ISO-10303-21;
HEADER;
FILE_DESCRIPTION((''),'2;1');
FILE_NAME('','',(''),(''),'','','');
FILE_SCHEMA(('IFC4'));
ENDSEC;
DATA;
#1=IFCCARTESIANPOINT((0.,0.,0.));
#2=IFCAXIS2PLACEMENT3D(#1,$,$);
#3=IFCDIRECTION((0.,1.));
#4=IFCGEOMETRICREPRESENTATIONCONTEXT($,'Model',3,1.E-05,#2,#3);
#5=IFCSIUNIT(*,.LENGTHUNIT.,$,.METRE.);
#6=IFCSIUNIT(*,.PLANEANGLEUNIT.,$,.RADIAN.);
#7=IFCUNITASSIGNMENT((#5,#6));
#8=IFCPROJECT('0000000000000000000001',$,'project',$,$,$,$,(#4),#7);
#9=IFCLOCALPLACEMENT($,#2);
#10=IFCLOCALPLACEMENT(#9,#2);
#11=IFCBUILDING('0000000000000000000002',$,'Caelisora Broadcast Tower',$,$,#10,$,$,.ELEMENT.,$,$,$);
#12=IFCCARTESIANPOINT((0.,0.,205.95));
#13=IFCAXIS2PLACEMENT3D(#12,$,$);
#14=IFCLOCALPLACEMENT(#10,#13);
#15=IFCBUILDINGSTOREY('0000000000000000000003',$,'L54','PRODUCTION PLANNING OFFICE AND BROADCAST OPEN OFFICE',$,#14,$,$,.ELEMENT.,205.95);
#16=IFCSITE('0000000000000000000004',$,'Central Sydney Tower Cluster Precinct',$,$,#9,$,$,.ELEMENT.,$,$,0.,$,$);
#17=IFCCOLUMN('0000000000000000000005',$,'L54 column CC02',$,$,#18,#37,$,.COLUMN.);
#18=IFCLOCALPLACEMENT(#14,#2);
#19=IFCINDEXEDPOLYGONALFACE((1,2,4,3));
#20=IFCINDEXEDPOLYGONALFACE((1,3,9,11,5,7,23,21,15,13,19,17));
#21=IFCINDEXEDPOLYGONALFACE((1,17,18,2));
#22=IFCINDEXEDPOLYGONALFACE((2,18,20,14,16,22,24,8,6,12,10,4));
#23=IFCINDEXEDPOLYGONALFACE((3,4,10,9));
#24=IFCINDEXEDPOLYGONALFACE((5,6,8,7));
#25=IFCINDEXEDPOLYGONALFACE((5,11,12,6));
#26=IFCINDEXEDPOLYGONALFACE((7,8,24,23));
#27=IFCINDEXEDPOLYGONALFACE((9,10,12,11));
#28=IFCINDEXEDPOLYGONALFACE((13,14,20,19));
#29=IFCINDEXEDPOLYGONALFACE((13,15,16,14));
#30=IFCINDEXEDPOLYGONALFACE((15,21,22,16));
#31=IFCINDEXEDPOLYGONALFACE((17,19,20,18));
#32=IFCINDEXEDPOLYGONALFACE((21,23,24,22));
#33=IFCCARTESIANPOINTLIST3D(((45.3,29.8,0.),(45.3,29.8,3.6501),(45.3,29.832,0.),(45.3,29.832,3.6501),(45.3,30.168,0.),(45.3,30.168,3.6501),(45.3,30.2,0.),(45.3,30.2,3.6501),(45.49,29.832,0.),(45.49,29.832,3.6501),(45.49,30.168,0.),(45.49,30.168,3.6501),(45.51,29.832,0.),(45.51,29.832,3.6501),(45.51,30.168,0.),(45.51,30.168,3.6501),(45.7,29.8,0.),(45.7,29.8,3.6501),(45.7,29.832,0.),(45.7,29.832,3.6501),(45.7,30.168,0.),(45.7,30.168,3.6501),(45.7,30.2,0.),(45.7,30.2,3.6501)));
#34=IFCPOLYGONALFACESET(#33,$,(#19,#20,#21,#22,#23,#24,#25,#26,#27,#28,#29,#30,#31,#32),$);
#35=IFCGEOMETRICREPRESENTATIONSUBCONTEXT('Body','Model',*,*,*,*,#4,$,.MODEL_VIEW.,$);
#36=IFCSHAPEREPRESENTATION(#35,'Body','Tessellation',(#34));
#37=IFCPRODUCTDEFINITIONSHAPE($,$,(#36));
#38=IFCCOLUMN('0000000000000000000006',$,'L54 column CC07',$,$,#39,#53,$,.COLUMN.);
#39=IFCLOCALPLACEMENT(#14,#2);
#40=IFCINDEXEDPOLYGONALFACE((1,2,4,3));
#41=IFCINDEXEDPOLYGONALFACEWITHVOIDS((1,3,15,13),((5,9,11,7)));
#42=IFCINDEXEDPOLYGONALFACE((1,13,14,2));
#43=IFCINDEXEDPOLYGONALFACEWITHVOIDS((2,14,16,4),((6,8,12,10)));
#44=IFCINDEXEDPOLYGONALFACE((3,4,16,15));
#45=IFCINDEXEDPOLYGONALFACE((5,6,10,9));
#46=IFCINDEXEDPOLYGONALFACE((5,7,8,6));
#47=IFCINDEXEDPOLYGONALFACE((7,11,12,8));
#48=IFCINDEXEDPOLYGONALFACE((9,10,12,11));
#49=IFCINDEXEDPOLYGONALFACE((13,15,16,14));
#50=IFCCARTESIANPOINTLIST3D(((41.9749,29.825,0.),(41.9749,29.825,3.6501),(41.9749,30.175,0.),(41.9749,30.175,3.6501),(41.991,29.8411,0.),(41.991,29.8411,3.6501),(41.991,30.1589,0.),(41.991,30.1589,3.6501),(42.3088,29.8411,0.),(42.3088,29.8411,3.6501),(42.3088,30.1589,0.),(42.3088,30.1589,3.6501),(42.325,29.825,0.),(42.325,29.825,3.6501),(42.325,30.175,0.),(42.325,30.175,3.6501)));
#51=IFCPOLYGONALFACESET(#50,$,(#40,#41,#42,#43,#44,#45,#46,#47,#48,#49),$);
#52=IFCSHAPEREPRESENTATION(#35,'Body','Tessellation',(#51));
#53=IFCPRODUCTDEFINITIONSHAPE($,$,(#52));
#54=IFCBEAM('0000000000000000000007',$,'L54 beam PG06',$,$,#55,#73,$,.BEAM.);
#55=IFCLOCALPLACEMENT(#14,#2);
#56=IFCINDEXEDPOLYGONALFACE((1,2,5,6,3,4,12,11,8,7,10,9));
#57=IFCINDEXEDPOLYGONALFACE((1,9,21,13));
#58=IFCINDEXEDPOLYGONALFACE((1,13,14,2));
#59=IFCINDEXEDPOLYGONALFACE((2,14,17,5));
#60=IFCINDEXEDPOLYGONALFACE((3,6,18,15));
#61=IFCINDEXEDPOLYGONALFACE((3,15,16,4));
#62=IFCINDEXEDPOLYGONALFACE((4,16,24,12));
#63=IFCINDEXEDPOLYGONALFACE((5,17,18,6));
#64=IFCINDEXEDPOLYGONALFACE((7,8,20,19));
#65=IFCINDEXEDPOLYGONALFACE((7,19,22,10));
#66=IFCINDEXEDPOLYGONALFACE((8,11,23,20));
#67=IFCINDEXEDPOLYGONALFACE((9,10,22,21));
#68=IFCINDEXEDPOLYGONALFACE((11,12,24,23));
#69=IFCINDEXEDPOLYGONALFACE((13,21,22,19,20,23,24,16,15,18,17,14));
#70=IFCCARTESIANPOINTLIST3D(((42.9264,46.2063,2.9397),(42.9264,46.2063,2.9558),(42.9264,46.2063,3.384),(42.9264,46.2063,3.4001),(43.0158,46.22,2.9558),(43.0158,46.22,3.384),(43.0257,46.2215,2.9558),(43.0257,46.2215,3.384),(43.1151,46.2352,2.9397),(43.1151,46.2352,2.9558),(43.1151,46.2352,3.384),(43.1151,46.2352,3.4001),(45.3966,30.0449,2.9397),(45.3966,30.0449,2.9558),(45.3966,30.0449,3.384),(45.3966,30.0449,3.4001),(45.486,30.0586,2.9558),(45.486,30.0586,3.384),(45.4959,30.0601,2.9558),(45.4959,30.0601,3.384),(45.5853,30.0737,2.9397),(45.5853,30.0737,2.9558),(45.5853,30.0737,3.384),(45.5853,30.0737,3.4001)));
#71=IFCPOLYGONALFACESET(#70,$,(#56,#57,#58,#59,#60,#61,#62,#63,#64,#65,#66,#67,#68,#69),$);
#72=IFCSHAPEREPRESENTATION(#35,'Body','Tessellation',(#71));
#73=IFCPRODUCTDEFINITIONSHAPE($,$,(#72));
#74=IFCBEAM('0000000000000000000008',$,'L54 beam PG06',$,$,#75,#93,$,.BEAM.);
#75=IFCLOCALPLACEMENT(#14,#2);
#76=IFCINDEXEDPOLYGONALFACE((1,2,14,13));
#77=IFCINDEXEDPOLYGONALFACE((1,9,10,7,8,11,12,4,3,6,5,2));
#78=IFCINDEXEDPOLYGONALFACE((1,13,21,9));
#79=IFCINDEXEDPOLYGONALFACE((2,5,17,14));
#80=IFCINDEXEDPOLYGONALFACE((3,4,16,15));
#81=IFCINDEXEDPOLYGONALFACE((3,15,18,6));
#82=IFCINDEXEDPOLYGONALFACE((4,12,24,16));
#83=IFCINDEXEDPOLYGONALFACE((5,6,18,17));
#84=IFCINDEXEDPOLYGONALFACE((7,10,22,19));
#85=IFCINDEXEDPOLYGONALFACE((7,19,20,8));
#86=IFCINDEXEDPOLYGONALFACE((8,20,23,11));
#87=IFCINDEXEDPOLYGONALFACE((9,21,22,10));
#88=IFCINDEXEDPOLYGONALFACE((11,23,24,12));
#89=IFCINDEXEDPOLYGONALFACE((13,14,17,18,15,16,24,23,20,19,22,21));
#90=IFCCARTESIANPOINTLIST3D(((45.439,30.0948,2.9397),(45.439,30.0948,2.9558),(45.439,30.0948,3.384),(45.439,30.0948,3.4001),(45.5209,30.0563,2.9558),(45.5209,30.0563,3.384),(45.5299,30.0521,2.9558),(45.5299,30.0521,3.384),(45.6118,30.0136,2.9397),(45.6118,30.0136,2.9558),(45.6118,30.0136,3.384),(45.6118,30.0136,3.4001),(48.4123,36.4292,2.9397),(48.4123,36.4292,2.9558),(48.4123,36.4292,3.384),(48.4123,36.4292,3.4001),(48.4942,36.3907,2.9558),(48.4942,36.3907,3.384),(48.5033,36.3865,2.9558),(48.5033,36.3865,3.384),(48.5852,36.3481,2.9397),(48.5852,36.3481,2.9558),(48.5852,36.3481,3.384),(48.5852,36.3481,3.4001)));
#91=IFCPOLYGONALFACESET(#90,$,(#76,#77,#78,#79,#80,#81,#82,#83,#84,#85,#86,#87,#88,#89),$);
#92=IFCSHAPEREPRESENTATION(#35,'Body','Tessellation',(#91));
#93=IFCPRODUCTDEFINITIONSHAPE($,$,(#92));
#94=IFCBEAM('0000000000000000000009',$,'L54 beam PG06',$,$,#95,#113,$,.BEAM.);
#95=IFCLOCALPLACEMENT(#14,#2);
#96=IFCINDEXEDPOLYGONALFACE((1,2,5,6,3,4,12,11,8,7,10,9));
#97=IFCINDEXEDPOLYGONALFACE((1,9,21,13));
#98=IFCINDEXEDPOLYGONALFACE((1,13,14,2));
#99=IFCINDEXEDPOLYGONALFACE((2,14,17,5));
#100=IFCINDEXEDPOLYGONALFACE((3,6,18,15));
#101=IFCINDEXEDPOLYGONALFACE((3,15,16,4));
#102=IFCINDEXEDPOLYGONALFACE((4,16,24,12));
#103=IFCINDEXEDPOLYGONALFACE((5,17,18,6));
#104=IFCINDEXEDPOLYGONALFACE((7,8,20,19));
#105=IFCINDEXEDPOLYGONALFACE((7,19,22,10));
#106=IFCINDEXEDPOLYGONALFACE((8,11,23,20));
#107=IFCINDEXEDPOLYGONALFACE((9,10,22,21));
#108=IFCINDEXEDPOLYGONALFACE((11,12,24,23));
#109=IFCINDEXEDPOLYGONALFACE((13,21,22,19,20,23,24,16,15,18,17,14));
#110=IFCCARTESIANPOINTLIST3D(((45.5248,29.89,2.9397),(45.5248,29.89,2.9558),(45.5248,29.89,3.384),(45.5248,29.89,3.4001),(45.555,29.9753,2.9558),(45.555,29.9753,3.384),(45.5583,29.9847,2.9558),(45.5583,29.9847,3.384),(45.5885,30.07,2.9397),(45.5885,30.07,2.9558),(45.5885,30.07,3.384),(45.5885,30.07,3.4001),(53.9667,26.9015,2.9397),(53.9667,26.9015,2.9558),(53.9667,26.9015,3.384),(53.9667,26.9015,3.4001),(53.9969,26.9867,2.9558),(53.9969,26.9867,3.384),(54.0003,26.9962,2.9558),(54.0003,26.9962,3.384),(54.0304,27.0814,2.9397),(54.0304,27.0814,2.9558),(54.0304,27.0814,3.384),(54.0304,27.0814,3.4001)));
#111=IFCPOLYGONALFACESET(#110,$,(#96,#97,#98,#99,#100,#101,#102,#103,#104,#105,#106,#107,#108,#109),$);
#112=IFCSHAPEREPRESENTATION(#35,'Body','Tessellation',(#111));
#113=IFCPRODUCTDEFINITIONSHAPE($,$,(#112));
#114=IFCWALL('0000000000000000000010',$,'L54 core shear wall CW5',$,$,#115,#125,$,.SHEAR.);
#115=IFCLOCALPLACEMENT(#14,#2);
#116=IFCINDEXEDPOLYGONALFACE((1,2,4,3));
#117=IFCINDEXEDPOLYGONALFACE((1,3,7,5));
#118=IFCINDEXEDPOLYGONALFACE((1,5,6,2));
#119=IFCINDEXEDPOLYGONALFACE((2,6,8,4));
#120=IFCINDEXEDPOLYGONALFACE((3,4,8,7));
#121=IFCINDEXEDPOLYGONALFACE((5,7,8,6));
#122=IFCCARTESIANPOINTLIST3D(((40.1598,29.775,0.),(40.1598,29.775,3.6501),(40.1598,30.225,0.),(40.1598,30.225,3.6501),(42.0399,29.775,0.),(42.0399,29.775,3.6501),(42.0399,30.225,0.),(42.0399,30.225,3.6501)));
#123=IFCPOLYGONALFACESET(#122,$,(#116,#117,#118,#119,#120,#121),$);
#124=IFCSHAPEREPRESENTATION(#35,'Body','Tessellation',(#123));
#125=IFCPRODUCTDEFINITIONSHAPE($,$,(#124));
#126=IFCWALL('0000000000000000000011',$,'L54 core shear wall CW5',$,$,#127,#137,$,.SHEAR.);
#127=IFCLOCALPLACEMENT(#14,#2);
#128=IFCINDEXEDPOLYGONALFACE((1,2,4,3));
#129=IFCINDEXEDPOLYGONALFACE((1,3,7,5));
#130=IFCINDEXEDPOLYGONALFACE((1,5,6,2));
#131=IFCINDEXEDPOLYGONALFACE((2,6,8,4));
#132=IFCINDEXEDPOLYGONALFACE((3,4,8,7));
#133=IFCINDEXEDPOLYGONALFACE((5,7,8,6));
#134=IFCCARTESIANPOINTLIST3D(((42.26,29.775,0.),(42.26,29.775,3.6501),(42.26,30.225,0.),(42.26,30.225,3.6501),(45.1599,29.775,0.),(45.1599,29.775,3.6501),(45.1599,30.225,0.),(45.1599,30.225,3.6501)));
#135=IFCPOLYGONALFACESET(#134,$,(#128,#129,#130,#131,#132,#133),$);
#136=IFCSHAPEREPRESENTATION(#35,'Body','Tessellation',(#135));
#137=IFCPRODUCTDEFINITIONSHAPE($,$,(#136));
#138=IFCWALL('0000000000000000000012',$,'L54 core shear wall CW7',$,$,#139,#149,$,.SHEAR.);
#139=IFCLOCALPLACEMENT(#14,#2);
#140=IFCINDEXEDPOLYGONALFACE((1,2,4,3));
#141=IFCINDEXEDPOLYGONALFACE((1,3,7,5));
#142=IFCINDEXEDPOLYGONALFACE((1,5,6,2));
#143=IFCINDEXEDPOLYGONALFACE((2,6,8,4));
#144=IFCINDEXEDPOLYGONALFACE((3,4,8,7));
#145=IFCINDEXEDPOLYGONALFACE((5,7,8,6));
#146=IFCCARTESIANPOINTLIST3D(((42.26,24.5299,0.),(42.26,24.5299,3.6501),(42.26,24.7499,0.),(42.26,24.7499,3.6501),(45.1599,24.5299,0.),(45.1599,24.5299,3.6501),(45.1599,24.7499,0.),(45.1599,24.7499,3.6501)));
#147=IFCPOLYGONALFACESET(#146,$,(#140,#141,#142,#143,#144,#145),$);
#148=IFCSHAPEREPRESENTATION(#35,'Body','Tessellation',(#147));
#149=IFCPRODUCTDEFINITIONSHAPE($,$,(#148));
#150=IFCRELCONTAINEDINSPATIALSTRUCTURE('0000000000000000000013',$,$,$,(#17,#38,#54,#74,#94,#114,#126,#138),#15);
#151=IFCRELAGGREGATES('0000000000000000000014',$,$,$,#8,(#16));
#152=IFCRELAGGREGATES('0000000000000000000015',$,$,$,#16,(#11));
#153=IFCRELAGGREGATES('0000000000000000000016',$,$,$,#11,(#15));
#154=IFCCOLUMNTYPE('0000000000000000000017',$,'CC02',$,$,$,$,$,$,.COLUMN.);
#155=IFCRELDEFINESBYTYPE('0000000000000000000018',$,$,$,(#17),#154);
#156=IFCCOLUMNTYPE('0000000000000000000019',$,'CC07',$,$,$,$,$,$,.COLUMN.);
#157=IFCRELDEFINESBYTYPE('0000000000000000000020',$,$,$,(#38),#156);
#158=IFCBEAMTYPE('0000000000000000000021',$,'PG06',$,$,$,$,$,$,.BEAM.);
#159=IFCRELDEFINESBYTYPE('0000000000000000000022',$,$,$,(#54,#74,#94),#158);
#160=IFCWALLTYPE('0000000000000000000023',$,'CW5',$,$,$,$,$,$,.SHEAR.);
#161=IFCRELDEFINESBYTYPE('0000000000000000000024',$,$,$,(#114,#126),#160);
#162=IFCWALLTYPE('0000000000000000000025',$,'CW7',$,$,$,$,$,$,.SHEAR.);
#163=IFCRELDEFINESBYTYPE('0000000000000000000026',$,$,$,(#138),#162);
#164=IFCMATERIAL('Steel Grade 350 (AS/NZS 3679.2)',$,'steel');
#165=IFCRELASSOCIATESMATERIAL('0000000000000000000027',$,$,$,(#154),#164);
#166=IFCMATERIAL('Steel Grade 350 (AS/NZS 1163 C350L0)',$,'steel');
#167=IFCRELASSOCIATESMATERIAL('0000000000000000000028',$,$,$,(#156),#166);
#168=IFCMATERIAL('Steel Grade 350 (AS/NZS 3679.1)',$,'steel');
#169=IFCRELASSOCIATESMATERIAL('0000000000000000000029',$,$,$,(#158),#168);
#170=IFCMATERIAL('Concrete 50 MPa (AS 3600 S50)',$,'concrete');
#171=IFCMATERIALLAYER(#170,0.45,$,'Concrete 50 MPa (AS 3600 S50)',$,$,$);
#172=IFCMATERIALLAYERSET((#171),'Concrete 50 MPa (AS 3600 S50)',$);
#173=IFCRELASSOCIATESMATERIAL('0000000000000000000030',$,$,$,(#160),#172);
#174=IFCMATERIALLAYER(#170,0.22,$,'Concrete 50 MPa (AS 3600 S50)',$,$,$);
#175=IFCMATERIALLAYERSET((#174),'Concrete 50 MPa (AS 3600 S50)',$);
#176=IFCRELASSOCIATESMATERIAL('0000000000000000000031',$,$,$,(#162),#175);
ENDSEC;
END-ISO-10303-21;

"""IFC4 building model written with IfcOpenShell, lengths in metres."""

from ifc_helpers import new_model, si_unit, direction, frame, frame_2d, origin, origin_2d, place, context, subcontext, project, spatial, rectangle, hollow_rectangle, i_section, extrude, source, transform, mapped, material, layer, layer_set, material_profile, profile_set, type_object, type_shapes, element, save


model = new_model("IFC4")

# Units and contexts
model_context = context("Model", 3, precision=1e-05, world=origin(), true_north=direction((0.0, 1.0)))
body_context = subcontext(model_context, "Body", "Model", "MODEL_VIEW")
ifc_project = project(units=[si_unit("LENGTHUNIT", "METRE"), si_unit("PLANEANGLEUNIT", "RADIAN")], contexts=[model_context])

# Site, building, storey
site_placement = place(None, origin())
site = spatial("IfcSite", under=ifc_project, at=site_placement, Name="Central Sydney Tower Cluster Precinct", CompositionType="ELEMENT", RefElevation=0.0)
building_placement = place(site_placement, origin())
building = spatial("IfcBuilding", under=site, at=building_placement, Name="Caelisora Broadcast Tower", CompositionType="ELEMENT")
storey_placement = place(building_placement, frame((0.0, 0.0, 205.95)))
storey = spatial("IfcBuildingStorey", under=building, at=storey_placement, Name="L54", Description="PRODUCTION PLANNING OFFICE AND BROADCAST OPEN OFFICE", CompositionType="ELEMENT", Elevation=205.95)

# Columns
ifc_material_1 = material(Name="Steel Grade 350 (AS/NZS 3679.2)", Category="steel")
ifc_material_profile_1 = material_profile(ifc_material_1, i_section(OverallWidth=0.3999, OverallDepth=0.3999, WebThickness=0.02, FlangeThickness=0.032, at=origin_2d()), Name="Steel Grade 350 (AS/NZS 3679.2)")
ifc_profile_set_1 = profile_set([ifc_material_profile_1], Name="Steel Grade 350 (AS/NZS 3679.2)")
column_type_1 = type_object("IfcColumnType", Name="CC02", PredefinedType="COLUMN", material=ifc_profile_set_1)
shared_shape_1 = source(origin(), body_context, "Body", "SweptSolid", [
    extrude(i_section(OverallWidth=0.3999, OverallDepth=0.3999, WebThickness=0.02, FlangeThickness=0.032, at=origin_2d()), origin(), (0.0, 0.0, 1.0), 3.6501),
])
type_shapes(column_type_1, [shared_shape_1])
column_1_placement = place(storey_placement, frame((45.5, 30.0, 0.0), z_axis=(0.0, 0.0, 1.0), x_axis=(1.0, 0.0, 0.0)))
element("IfcColumn", 1, at=column_1_placement, inside=storey, type_object=column_type_1, Name="L54 column CC02", PredefinedType="COLUMN", context=body_context, shape_type="MappedRepresentation", body=[
    mapped(shared_shape_1, transform((0.0, 0.0, 0.0), scale=1.0)),
])
ifc_material_2 = material(Name="Steel Grade 350 (AS/NZS 1163 C350L0)", Category="steel")
ifc_material_profile_2 = material_profile(ifc_material_2, hollow_rectangle(XDim=0.3501, YDim=0.3501, WallThickness=0.0161, at=origin_2d()), Name="Steel Grade 350 (AS/NZS 1163 C350L0)")
ifc_profile_set_2 = profile_set([ifc_material_profile_2], Name="Steel Grade 350 (AS/NZS 1163 C350L0)")
column_type_2 = type_object("IfcColumnType", Name="CC07", PredefinedType="COLUMN", material=ifc_profile_set_2)
shared_shape_2 = source(origin(), body_context, "Body", "SweptSolid", [
    extrude(hollow_rectangle(XDim=0.3501, YDim=0.3501, WallThickness=0.0161, at=origin_2d()), origin(), (0.0, 0.0, 1.0), 3.6501),
])
type_shapes(column_type_2, [shared_shape_2])
column_2_placement = place(storey_placement, frame((42.1499, 30.0, 0.0), z_axis=(0.0, 0.0, 1.0), x_axis=(1.0, 0.0, 0.0)))
element("IfcColumn", 2, at=column_2_placement, inside=storey, type_object=column_type_2, Name="L54 column CC07", PredefinedType="COLUMN", context=body_context, shape_type="MappedRepresentation", body=[
    mapped(shared_shape_2, transform((0.0, 0.0, 0.0), scale=1.0)),
])

# Beams
ifc_material_3 = material(Name="Steel Grade 350 (AS/NZS 3679.1)", Category="steel")
ifc_material_profile_3 = material_profile(ifc_material_3, i_section(OverallWidth=0.1909, OverallDepth=0.4604, WebThickness=0.01, FlangeThickness=0.0161, at=origin_2d()), Name="Steel Grade 350 (AS/NZS 3679.1)")
ifc_profile_set_3 = profile_set([ifc_material_profile_3], Name="Steel Grade 350 (AS/NZS 3679.1)")
beam_type = type_object("IfcBeamType", Name="PG06", PredefinedType="BEAM", material=ifc_profile_set_3)
shared_shape_3 = source(origin(), body_context, "Body", "SweptSolid", [
    extrude(i_section(OverallWidth=0.1909, OverallDepth=0.4604, WebThickness=0.01, FlangeThickness=0.0161, at=origin_2d()), origin(), (0.0, 0.0, 1.0), 16.3491),
])
beam_1_placement = place(storey_placement, frame((45.491, 30.0593, 3.1699), z_axis=(-0.151092, 0.98852, 0.0), x_axis=(-0.98852, -0.151092, 0.0)))
element("IfcBeam", 3, at=beam_1_placement, inside=storey, type_object=beam_type, Name="L54 beam PG06", PredefinedType="BEAM", context=body_context, shape_type="MappedRepresentation", body=[
    mapped(shared_shape_3, transform((0.0, 0.0, 0.0), scale=1.0)),
])
shared_shape_4 = source(origin(), body_context, "Body", "SweptSolid", [
    extrude(i_section(OverallWidth=0.1909, OverallDepth=0.4604, WebThickness=0.01, FlangeThickness=0.0161, at=origin_2d()), origin(), (0.0, 0.0, 1.0), 6.9976),
])
beam_2_placement = place(storey_placement, frame((45.5254, 30.0542, 3.1699), z_axis=(0.424915, 0.905233, 0.0), x_axis=(-0.905233, 0.424915, 0.0)))
element("IfcBeam", 4, at=beam_2_placement, inside=storey, type_object=beam_type, Name="L54 beam PG06", PredefinedType="BEAM", context=body_context, shape_type="MappedRepresentation", body=[
    mapped(shared_shape_4, transform((0.0, 0.0, 0.0), scale=1.0)),
])
shared_shape_5 = source(origin(), body_context, "Body", "SweptSolid", [
    extrude(i_section(OverallWidth=0.1909, OverallDepth=0.4604, WebThickness=0.01, FlangeThickness=0.0161, at=origin_2d()), origin(), (0.0, 0.0, 1.0), 8.9553),
])
type_shapes(beam_type, [shared_shape_3, shared_shape_4, shared_shape_5])
beam_3_placement = place(storey_placement, frame((45.5566, 29.98, 3.1699), z_axis=(0.942673, -0.333717, 0.0), x_axis=(0.333717, 0.942673, 0.0)))
element("IfcBeam", 5, at=beam_3_placement, inside=storey, type_object=beam_type, Name="L54 beam PG06", PredefinedType="BEAM", context=body_context, shape_type="MappedRepresentation", body=[
    mapped(shared_shape_5, transform((0.0, 0.0, 0.0), scale=1.0)),
])

# Walls
ifc_material_4 = material(Name="Concrete 50 MPa (AS 3600 S50)", Category="concrete")
ifc_layer_1 = layer(ifc_material_4, 0.45, Name="Concrete 50 MPa (AS 3600 S50)")
ifc_layer_set_1 = layer_set([ifc_layer_1], Name="Concrete 50 MPa (AS 3600 S50)")
wall_type_1 = type_object("IfcWallType", Name="CW5", PredefinedType="SHEAR", material=ifc_layer_set_1)
wall_1_placement = place(storey_placement, frame((40.1599, 30.0, 0.0), z_axis=(0.0, 0.0, 1.0), x_axis=(1.0, 0.0, 0.0)))
element("IfcWall", 6, at=wall_1_placement, inside=storey, type_object=wall_type_1, Name="L54 core shear wall CW5", PredefinedType="SHEAR", context=body_context, shape_type="SweptSolid", body=[
    extrude(rectangle(XDim=1.8801, YDim=0.45, at=frame_2d((0.9399, 0.0))), origin(), (0.0, 0.0, 1.0), 3.6501),
])
wall_2_placement = place(storey_placement, frame((42.26, 30.0, 0.0), z_axis=(0.0, 0.0, 1.0), x_axis=(1.0, 0.0, 0.0)))
element("IfcWall", 7, at=wall_2_placement, inside=storey, type_object=wall_type_1, Name="L54 core shear wall CW5", PredefinedType="SHEAR", context=body_context, shape_type="SweptSolid", body=[
    extrude(rectangle(XDim=2.8999, YDim=0.45, at=frame_2d((1.45, 0.0))), origin(), (0.0, 0.0, 1.0), 3.6501),
])
ifc_layer_2 = layer(ifc_material_4, 0.22, Name="Concrete 50 MPa (AS 3600 S50)")
ifc_layer_set_2 = layer_set([ifc_layer_2], Name="Concrete 50 MPa (AS 3600 S50)")
wall_type_2 = type_object("IfcWallType", Name="CW7", PredefinedType="SHEAR", material=ifc_layer_set_2)
wall_3_placement = place(storey_placement, frame((42.26, 24.6399, 0.0), z_axis=(0.0, 0.0, 1.0), x_axis=(1.0, 0.0, 0.0)))
element("IfcWall", 8, at=wall_3_placement, inside=storey, type_object=wall_type_2, Name="L54 core shear wall CW7", PredefinedType="SHEAR", context=body_context, shape_type="SweptSolid", body=[
    extrude(rectangle(XDim=2.8999, YDim=0.22, at=frame_2d((1.45, 0.0))), origin(), (0.0, 0.0, 1.0), 3.6501),
])

save(model, "model.ifc")
